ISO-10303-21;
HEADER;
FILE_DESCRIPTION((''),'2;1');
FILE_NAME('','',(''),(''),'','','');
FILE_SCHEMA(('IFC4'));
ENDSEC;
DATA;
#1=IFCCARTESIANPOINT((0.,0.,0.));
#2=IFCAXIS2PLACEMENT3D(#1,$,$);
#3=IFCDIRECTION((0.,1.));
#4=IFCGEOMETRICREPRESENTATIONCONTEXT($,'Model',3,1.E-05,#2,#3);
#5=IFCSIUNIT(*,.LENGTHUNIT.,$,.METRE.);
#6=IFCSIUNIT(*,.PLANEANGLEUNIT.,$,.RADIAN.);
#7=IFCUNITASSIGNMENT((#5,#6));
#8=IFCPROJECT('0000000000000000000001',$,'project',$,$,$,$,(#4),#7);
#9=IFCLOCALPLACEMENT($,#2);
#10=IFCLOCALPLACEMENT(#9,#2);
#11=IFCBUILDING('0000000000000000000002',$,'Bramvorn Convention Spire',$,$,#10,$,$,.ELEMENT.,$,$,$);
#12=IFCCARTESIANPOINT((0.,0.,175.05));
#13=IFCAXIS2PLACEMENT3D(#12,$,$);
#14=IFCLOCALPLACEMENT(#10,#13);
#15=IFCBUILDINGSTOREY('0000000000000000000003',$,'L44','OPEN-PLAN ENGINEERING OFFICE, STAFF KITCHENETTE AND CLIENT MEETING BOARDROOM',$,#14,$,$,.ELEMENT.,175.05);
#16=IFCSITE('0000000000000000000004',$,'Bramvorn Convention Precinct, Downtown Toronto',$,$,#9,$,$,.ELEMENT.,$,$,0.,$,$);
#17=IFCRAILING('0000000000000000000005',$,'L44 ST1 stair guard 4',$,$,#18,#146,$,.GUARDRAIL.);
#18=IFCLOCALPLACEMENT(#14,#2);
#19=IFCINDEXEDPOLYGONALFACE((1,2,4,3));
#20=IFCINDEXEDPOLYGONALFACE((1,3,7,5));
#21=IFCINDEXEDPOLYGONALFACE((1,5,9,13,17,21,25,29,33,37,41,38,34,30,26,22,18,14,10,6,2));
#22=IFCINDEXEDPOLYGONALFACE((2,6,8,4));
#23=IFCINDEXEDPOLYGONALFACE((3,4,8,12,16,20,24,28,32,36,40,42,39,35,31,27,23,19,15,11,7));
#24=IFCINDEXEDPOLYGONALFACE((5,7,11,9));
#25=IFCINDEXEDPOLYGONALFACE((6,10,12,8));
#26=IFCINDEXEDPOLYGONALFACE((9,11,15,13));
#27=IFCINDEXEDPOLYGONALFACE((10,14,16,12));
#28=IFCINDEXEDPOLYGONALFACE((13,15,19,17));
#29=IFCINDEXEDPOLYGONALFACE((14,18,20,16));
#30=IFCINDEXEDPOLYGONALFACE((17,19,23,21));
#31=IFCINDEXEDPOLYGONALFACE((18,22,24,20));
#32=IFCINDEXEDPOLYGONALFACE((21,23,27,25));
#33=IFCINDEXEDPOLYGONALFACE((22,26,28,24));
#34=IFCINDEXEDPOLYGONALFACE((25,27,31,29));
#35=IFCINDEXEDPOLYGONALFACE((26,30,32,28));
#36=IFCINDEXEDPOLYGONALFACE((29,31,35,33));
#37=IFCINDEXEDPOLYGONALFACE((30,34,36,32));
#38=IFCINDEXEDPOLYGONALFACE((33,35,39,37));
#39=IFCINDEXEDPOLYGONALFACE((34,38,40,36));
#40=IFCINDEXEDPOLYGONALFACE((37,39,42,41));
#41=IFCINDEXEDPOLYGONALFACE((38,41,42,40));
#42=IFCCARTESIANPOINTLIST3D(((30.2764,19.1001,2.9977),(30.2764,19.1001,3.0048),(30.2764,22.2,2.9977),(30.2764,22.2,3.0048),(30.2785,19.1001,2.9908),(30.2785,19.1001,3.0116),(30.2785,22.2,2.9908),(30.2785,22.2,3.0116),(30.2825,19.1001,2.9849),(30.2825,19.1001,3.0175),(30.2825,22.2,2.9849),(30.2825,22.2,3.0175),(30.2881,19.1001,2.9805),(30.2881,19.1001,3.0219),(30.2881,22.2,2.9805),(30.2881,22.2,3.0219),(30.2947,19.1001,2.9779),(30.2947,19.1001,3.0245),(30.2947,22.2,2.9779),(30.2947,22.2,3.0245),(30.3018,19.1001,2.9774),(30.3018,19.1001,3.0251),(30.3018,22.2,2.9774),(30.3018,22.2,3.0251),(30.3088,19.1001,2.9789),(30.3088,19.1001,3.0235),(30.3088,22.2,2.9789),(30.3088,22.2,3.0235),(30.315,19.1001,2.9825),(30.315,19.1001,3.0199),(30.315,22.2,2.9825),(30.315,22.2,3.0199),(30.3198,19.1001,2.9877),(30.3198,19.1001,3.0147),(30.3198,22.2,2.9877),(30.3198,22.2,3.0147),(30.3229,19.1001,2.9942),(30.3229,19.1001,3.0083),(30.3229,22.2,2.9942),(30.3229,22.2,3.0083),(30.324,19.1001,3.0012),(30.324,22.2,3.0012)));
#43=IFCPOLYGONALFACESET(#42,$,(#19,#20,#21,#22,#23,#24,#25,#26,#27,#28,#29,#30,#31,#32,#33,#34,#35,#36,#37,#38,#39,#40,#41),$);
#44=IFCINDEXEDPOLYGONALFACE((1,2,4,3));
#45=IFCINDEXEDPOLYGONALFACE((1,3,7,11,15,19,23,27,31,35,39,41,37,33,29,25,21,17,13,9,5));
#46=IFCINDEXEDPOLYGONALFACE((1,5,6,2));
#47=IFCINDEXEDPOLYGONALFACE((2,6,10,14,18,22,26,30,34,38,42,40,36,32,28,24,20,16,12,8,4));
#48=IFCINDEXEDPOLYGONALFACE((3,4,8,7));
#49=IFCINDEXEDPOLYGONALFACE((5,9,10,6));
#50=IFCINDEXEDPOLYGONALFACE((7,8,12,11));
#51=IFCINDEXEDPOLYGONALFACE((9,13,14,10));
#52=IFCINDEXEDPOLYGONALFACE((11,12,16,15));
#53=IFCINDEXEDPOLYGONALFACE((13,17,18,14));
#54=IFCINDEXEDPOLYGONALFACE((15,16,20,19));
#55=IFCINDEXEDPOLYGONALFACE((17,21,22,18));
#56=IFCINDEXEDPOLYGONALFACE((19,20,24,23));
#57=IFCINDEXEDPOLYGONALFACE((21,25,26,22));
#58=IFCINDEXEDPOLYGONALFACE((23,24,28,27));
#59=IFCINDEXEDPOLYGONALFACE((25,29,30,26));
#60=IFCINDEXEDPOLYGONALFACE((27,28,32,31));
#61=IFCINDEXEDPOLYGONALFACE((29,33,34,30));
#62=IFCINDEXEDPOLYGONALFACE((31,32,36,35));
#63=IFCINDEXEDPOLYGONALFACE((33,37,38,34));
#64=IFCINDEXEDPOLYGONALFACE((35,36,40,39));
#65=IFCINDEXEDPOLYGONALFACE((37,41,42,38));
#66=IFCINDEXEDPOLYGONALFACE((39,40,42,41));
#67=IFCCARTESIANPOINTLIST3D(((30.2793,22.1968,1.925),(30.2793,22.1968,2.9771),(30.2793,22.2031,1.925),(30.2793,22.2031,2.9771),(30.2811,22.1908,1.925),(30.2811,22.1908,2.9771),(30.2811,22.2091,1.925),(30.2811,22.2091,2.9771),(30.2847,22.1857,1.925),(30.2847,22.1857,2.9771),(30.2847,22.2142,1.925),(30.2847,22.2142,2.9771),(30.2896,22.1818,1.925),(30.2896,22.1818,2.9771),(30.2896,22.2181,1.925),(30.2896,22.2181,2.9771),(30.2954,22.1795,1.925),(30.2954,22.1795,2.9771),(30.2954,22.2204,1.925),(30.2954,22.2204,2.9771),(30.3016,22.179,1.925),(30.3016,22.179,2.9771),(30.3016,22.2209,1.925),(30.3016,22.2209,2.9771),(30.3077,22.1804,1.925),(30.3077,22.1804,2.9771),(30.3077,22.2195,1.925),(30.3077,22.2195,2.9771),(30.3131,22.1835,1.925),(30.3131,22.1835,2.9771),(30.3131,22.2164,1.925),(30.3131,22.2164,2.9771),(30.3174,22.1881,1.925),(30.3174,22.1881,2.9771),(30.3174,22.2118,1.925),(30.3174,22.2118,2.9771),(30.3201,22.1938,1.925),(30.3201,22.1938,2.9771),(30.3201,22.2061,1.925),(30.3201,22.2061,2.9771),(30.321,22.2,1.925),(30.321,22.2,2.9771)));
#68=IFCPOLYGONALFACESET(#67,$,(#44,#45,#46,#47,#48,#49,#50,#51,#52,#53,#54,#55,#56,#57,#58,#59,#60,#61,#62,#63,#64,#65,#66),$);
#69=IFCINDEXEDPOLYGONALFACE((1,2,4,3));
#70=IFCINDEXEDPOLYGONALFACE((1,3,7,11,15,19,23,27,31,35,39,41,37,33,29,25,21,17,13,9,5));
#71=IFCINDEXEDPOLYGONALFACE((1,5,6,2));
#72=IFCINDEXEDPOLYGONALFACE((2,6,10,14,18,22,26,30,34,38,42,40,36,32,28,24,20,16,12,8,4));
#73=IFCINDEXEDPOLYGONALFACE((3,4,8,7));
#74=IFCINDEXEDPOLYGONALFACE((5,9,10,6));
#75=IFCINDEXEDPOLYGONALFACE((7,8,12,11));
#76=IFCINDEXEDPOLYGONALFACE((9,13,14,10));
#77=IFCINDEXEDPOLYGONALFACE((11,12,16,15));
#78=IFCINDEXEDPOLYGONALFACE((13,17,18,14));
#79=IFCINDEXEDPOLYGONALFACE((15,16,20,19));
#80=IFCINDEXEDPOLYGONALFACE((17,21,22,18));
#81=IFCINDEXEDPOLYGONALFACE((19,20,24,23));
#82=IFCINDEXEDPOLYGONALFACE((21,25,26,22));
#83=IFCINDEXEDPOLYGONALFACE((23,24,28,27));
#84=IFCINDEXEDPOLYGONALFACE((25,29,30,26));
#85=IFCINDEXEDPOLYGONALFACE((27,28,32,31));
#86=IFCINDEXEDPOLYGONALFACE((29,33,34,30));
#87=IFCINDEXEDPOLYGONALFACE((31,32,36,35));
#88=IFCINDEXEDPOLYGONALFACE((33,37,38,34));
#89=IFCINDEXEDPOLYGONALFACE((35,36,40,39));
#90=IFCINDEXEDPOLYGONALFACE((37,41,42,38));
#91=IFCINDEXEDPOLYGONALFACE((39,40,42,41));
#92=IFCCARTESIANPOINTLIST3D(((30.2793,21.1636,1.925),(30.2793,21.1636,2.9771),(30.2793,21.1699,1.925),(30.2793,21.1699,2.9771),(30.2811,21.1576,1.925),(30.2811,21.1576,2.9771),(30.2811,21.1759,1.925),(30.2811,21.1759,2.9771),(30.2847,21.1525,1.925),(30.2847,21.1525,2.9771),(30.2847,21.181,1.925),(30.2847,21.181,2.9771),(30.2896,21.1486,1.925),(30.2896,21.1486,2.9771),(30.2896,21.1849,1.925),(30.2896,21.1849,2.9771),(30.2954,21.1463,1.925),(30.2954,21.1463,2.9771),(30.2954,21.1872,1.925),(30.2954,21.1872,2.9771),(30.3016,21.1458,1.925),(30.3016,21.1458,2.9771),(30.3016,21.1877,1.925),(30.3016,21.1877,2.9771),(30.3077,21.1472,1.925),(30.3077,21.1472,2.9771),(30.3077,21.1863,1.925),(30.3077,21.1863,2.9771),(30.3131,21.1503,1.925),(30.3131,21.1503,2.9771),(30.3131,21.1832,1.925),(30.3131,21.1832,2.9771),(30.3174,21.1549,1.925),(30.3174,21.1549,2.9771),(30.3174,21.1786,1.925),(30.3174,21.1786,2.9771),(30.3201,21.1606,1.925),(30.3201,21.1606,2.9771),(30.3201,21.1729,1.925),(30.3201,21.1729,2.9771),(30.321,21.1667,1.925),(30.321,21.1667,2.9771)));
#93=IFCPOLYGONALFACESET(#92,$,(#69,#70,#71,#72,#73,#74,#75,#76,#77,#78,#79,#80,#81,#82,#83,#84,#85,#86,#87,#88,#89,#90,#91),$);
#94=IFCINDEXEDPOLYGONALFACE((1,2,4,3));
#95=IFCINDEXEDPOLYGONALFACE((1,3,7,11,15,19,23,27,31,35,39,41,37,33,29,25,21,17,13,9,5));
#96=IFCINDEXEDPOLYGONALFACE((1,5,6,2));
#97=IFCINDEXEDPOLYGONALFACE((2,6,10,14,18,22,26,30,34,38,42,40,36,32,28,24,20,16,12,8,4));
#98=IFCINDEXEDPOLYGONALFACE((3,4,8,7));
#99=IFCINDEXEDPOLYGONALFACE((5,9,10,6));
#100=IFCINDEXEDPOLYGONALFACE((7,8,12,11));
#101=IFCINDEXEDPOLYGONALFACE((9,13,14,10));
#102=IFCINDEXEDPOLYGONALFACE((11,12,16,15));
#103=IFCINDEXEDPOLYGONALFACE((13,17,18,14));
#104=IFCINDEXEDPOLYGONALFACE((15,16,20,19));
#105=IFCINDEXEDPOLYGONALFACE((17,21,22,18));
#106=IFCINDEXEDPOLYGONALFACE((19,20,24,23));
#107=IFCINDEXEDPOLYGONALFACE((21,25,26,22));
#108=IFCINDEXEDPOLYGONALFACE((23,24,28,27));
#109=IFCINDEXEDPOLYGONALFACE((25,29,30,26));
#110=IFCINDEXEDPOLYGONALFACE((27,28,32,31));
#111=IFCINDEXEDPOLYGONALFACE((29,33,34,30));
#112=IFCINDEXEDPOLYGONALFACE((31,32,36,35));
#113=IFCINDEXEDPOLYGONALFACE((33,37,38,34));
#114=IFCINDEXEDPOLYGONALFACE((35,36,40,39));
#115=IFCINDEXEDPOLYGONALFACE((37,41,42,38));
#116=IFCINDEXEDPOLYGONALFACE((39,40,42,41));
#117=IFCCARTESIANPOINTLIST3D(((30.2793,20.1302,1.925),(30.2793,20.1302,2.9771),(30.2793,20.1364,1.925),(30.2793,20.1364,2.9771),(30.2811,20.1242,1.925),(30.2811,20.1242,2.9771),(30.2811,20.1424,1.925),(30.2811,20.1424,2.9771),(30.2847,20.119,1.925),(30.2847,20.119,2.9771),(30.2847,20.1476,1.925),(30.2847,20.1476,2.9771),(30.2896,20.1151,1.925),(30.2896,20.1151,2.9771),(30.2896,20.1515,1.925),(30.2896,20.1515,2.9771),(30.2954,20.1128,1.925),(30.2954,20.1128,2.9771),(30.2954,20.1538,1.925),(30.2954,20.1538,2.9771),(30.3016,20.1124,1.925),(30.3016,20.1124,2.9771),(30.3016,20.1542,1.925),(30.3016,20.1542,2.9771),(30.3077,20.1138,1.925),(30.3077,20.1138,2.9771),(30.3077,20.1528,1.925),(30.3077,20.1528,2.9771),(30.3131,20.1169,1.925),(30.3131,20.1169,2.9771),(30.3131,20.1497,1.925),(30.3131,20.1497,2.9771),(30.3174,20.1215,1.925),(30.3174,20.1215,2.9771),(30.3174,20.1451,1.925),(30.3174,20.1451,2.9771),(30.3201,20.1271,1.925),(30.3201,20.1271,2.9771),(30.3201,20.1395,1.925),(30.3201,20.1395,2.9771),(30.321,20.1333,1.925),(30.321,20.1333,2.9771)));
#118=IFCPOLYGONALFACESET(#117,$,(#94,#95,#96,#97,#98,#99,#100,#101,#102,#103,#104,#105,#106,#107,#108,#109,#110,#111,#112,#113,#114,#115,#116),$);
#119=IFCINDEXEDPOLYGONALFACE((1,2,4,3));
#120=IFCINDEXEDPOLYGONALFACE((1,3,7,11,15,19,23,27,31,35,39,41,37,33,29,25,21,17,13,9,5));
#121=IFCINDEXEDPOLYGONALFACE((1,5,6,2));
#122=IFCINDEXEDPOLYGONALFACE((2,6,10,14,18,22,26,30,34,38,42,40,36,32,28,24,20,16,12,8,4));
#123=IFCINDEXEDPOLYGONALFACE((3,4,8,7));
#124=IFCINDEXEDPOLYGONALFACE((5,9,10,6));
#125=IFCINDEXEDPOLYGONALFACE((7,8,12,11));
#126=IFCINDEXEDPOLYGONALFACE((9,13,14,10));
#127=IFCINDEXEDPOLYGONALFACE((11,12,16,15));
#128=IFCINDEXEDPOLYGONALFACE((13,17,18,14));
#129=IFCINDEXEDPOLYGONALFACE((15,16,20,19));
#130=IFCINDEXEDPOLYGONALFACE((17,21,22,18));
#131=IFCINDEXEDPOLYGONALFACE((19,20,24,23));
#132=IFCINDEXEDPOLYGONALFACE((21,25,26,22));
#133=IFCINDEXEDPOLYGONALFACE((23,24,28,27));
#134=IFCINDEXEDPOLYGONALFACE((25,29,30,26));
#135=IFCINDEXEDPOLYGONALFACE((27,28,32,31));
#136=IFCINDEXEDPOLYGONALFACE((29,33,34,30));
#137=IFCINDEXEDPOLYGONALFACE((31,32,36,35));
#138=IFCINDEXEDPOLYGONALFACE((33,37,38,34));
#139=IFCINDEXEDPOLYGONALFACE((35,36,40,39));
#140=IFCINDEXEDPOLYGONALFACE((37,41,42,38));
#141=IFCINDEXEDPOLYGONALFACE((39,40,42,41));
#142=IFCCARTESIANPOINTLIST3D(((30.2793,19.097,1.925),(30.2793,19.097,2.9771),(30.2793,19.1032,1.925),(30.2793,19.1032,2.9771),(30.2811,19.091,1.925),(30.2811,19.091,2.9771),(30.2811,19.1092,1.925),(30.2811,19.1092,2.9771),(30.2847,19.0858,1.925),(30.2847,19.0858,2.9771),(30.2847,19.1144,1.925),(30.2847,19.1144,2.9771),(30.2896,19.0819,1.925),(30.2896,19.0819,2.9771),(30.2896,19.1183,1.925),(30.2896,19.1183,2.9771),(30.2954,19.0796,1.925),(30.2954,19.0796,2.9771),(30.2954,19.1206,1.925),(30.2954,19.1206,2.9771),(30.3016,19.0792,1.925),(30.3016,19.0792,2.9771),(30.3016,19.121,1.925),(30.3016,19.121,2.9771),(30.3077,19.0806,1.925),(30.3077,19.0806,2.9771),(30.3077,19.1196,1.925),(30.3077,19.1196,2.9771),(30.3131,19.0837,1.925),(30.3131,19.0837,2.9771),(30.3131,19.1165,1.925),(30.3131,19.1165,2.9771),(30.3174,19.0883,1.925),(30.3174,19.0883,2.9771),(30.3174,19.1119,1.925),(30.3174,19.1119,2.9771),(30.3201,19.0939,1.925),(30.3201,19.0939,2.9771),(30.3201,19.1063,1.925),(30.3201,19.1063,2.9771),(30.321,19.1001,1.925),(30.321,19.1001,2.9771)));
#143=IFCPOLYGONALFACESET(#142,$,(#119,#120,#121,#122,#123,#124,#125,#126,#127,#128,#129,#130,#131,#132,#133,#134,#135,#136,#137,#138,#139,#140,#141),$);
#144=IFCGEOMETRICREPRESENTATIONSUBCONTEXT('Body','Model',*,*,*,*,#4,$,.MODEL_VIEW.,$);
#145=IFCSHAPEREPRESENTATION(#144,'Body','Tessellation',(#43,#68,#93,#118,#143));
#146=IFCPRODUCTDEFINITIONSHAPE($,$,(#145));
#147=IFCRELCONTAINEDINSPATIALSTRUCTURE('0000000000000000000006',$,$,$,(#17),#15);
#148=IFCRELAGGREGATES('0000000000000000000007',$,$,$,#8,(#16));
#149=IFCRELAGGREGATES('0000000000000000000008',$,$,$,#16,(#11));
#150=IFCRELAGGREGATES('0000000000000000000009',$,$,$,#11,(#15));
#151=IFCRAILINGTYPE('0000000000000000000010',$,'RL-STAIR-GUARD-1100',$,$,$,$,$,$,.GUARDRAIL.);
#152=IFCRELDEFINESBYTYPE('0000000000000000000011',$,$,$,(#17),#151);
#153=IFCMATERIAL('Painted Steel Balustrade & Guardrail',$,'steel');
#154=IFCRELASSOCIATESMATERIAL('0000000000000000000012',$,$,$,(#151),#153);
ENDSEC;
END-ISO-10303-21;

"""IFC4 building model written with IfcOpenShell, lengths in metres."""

from ifc_helpers import new_model, si_unit, direction, frame, origin, origin_2d, place, context, subcontext, project, spatial, circle, extrude, material, type_object, element, save


model = new_model("IFC4")

# Units and contexts
model_context = context("Model", 3, precision=1e-05, world=origin(), true_north=direction((0.0, 1.0)))
body_context = subcontext(model_context, "Body", "Model", "MODEL_VIEW")
ifc_project = project(units=[si_unit("LENGTHUNIT", "METRE"), si_unit("PLANEANGLEUNIT", "RADIAN")], contexts=[model_context])

# Site, building, storey
site_placement = place(None, origin())
site = spatial("IfcSite", under=ifc_project, at=site_placement, Name="Bramvorn Convention Precinct, Downtown Toronto", CompositionType="ELEMENT", RefElevation=0.0)
building_placement = place(site_placement, origin())
building = spatial("IfcBuilding", under=site, at=building_placement, Name="Bramvorn Convention Spire", CompositionType="ELEMENT")
storey_placement = place(building_placement, frame((0.0, 0.0, 175.05)))
storey = spatial("IfcBuildingStorey", under=building, at=storey_placement, Name="L44", Description="OPEN-PLAN ENGINEERING OFFICE, STAFF KITCHENETTE AND CLIENT MEETING BOARDROOM", CompositionType="ELEMENT", Elevation=175.05)

# Railing
ifc_material_1 = material(Name="Painted Steel Balustrade & Guardrail", Category="steel")
railing_type_1 = type_object("IfcRailingType", Name="RL-STAIR-GUARD-1100", PredefinedType="GUARDRAIL", material=ifc_material_1)
for number, where, name in (
    (1, (30.3, 22.2, 1.925), "L44 ST1 stair guard 4"),
):
    element("IfcRailing", number, at=place(storey_placement, frame(where)), inside=storey, type_object=railing_type_1, Name=name, PredefinedType="GUARDRAIL", context=body_context, shape_type="SweptSolid", body=[
        extrude(circle(Radius=0.0239, at=origin_2d()), frame((0.0, 0.0, 1.0762), z_axis=(0.0, -1.0, 0.0), x_axis=(1.0, 0.0, 0.0)), (0.0, 0.0, 1.0), 3.0999),
        extrude(circle(Radius=0.021, at=origin_2d()), origin(), (0.0, 0.0, 1.0), 1.052),
        extrude(circle(Radius=0.021, at=origin_2d()), frame((0.0, -1.0332, 0.0)), (0.0, 0.0, 1.0), 1.052),
        extrude(circle(Radius=0.021, at=origin_2d()), frame((0.0, -2.0667, 0.0)), (0.0, 0.0, 1.0), 1.052),
        extrude(circle(Radius=0.021, at=origin_2d()), frame((0.0, -3.0999, 0.0)), (0.0, 0.0, 1.0), 1.052),
    ])

save(model, "model.ifc")
